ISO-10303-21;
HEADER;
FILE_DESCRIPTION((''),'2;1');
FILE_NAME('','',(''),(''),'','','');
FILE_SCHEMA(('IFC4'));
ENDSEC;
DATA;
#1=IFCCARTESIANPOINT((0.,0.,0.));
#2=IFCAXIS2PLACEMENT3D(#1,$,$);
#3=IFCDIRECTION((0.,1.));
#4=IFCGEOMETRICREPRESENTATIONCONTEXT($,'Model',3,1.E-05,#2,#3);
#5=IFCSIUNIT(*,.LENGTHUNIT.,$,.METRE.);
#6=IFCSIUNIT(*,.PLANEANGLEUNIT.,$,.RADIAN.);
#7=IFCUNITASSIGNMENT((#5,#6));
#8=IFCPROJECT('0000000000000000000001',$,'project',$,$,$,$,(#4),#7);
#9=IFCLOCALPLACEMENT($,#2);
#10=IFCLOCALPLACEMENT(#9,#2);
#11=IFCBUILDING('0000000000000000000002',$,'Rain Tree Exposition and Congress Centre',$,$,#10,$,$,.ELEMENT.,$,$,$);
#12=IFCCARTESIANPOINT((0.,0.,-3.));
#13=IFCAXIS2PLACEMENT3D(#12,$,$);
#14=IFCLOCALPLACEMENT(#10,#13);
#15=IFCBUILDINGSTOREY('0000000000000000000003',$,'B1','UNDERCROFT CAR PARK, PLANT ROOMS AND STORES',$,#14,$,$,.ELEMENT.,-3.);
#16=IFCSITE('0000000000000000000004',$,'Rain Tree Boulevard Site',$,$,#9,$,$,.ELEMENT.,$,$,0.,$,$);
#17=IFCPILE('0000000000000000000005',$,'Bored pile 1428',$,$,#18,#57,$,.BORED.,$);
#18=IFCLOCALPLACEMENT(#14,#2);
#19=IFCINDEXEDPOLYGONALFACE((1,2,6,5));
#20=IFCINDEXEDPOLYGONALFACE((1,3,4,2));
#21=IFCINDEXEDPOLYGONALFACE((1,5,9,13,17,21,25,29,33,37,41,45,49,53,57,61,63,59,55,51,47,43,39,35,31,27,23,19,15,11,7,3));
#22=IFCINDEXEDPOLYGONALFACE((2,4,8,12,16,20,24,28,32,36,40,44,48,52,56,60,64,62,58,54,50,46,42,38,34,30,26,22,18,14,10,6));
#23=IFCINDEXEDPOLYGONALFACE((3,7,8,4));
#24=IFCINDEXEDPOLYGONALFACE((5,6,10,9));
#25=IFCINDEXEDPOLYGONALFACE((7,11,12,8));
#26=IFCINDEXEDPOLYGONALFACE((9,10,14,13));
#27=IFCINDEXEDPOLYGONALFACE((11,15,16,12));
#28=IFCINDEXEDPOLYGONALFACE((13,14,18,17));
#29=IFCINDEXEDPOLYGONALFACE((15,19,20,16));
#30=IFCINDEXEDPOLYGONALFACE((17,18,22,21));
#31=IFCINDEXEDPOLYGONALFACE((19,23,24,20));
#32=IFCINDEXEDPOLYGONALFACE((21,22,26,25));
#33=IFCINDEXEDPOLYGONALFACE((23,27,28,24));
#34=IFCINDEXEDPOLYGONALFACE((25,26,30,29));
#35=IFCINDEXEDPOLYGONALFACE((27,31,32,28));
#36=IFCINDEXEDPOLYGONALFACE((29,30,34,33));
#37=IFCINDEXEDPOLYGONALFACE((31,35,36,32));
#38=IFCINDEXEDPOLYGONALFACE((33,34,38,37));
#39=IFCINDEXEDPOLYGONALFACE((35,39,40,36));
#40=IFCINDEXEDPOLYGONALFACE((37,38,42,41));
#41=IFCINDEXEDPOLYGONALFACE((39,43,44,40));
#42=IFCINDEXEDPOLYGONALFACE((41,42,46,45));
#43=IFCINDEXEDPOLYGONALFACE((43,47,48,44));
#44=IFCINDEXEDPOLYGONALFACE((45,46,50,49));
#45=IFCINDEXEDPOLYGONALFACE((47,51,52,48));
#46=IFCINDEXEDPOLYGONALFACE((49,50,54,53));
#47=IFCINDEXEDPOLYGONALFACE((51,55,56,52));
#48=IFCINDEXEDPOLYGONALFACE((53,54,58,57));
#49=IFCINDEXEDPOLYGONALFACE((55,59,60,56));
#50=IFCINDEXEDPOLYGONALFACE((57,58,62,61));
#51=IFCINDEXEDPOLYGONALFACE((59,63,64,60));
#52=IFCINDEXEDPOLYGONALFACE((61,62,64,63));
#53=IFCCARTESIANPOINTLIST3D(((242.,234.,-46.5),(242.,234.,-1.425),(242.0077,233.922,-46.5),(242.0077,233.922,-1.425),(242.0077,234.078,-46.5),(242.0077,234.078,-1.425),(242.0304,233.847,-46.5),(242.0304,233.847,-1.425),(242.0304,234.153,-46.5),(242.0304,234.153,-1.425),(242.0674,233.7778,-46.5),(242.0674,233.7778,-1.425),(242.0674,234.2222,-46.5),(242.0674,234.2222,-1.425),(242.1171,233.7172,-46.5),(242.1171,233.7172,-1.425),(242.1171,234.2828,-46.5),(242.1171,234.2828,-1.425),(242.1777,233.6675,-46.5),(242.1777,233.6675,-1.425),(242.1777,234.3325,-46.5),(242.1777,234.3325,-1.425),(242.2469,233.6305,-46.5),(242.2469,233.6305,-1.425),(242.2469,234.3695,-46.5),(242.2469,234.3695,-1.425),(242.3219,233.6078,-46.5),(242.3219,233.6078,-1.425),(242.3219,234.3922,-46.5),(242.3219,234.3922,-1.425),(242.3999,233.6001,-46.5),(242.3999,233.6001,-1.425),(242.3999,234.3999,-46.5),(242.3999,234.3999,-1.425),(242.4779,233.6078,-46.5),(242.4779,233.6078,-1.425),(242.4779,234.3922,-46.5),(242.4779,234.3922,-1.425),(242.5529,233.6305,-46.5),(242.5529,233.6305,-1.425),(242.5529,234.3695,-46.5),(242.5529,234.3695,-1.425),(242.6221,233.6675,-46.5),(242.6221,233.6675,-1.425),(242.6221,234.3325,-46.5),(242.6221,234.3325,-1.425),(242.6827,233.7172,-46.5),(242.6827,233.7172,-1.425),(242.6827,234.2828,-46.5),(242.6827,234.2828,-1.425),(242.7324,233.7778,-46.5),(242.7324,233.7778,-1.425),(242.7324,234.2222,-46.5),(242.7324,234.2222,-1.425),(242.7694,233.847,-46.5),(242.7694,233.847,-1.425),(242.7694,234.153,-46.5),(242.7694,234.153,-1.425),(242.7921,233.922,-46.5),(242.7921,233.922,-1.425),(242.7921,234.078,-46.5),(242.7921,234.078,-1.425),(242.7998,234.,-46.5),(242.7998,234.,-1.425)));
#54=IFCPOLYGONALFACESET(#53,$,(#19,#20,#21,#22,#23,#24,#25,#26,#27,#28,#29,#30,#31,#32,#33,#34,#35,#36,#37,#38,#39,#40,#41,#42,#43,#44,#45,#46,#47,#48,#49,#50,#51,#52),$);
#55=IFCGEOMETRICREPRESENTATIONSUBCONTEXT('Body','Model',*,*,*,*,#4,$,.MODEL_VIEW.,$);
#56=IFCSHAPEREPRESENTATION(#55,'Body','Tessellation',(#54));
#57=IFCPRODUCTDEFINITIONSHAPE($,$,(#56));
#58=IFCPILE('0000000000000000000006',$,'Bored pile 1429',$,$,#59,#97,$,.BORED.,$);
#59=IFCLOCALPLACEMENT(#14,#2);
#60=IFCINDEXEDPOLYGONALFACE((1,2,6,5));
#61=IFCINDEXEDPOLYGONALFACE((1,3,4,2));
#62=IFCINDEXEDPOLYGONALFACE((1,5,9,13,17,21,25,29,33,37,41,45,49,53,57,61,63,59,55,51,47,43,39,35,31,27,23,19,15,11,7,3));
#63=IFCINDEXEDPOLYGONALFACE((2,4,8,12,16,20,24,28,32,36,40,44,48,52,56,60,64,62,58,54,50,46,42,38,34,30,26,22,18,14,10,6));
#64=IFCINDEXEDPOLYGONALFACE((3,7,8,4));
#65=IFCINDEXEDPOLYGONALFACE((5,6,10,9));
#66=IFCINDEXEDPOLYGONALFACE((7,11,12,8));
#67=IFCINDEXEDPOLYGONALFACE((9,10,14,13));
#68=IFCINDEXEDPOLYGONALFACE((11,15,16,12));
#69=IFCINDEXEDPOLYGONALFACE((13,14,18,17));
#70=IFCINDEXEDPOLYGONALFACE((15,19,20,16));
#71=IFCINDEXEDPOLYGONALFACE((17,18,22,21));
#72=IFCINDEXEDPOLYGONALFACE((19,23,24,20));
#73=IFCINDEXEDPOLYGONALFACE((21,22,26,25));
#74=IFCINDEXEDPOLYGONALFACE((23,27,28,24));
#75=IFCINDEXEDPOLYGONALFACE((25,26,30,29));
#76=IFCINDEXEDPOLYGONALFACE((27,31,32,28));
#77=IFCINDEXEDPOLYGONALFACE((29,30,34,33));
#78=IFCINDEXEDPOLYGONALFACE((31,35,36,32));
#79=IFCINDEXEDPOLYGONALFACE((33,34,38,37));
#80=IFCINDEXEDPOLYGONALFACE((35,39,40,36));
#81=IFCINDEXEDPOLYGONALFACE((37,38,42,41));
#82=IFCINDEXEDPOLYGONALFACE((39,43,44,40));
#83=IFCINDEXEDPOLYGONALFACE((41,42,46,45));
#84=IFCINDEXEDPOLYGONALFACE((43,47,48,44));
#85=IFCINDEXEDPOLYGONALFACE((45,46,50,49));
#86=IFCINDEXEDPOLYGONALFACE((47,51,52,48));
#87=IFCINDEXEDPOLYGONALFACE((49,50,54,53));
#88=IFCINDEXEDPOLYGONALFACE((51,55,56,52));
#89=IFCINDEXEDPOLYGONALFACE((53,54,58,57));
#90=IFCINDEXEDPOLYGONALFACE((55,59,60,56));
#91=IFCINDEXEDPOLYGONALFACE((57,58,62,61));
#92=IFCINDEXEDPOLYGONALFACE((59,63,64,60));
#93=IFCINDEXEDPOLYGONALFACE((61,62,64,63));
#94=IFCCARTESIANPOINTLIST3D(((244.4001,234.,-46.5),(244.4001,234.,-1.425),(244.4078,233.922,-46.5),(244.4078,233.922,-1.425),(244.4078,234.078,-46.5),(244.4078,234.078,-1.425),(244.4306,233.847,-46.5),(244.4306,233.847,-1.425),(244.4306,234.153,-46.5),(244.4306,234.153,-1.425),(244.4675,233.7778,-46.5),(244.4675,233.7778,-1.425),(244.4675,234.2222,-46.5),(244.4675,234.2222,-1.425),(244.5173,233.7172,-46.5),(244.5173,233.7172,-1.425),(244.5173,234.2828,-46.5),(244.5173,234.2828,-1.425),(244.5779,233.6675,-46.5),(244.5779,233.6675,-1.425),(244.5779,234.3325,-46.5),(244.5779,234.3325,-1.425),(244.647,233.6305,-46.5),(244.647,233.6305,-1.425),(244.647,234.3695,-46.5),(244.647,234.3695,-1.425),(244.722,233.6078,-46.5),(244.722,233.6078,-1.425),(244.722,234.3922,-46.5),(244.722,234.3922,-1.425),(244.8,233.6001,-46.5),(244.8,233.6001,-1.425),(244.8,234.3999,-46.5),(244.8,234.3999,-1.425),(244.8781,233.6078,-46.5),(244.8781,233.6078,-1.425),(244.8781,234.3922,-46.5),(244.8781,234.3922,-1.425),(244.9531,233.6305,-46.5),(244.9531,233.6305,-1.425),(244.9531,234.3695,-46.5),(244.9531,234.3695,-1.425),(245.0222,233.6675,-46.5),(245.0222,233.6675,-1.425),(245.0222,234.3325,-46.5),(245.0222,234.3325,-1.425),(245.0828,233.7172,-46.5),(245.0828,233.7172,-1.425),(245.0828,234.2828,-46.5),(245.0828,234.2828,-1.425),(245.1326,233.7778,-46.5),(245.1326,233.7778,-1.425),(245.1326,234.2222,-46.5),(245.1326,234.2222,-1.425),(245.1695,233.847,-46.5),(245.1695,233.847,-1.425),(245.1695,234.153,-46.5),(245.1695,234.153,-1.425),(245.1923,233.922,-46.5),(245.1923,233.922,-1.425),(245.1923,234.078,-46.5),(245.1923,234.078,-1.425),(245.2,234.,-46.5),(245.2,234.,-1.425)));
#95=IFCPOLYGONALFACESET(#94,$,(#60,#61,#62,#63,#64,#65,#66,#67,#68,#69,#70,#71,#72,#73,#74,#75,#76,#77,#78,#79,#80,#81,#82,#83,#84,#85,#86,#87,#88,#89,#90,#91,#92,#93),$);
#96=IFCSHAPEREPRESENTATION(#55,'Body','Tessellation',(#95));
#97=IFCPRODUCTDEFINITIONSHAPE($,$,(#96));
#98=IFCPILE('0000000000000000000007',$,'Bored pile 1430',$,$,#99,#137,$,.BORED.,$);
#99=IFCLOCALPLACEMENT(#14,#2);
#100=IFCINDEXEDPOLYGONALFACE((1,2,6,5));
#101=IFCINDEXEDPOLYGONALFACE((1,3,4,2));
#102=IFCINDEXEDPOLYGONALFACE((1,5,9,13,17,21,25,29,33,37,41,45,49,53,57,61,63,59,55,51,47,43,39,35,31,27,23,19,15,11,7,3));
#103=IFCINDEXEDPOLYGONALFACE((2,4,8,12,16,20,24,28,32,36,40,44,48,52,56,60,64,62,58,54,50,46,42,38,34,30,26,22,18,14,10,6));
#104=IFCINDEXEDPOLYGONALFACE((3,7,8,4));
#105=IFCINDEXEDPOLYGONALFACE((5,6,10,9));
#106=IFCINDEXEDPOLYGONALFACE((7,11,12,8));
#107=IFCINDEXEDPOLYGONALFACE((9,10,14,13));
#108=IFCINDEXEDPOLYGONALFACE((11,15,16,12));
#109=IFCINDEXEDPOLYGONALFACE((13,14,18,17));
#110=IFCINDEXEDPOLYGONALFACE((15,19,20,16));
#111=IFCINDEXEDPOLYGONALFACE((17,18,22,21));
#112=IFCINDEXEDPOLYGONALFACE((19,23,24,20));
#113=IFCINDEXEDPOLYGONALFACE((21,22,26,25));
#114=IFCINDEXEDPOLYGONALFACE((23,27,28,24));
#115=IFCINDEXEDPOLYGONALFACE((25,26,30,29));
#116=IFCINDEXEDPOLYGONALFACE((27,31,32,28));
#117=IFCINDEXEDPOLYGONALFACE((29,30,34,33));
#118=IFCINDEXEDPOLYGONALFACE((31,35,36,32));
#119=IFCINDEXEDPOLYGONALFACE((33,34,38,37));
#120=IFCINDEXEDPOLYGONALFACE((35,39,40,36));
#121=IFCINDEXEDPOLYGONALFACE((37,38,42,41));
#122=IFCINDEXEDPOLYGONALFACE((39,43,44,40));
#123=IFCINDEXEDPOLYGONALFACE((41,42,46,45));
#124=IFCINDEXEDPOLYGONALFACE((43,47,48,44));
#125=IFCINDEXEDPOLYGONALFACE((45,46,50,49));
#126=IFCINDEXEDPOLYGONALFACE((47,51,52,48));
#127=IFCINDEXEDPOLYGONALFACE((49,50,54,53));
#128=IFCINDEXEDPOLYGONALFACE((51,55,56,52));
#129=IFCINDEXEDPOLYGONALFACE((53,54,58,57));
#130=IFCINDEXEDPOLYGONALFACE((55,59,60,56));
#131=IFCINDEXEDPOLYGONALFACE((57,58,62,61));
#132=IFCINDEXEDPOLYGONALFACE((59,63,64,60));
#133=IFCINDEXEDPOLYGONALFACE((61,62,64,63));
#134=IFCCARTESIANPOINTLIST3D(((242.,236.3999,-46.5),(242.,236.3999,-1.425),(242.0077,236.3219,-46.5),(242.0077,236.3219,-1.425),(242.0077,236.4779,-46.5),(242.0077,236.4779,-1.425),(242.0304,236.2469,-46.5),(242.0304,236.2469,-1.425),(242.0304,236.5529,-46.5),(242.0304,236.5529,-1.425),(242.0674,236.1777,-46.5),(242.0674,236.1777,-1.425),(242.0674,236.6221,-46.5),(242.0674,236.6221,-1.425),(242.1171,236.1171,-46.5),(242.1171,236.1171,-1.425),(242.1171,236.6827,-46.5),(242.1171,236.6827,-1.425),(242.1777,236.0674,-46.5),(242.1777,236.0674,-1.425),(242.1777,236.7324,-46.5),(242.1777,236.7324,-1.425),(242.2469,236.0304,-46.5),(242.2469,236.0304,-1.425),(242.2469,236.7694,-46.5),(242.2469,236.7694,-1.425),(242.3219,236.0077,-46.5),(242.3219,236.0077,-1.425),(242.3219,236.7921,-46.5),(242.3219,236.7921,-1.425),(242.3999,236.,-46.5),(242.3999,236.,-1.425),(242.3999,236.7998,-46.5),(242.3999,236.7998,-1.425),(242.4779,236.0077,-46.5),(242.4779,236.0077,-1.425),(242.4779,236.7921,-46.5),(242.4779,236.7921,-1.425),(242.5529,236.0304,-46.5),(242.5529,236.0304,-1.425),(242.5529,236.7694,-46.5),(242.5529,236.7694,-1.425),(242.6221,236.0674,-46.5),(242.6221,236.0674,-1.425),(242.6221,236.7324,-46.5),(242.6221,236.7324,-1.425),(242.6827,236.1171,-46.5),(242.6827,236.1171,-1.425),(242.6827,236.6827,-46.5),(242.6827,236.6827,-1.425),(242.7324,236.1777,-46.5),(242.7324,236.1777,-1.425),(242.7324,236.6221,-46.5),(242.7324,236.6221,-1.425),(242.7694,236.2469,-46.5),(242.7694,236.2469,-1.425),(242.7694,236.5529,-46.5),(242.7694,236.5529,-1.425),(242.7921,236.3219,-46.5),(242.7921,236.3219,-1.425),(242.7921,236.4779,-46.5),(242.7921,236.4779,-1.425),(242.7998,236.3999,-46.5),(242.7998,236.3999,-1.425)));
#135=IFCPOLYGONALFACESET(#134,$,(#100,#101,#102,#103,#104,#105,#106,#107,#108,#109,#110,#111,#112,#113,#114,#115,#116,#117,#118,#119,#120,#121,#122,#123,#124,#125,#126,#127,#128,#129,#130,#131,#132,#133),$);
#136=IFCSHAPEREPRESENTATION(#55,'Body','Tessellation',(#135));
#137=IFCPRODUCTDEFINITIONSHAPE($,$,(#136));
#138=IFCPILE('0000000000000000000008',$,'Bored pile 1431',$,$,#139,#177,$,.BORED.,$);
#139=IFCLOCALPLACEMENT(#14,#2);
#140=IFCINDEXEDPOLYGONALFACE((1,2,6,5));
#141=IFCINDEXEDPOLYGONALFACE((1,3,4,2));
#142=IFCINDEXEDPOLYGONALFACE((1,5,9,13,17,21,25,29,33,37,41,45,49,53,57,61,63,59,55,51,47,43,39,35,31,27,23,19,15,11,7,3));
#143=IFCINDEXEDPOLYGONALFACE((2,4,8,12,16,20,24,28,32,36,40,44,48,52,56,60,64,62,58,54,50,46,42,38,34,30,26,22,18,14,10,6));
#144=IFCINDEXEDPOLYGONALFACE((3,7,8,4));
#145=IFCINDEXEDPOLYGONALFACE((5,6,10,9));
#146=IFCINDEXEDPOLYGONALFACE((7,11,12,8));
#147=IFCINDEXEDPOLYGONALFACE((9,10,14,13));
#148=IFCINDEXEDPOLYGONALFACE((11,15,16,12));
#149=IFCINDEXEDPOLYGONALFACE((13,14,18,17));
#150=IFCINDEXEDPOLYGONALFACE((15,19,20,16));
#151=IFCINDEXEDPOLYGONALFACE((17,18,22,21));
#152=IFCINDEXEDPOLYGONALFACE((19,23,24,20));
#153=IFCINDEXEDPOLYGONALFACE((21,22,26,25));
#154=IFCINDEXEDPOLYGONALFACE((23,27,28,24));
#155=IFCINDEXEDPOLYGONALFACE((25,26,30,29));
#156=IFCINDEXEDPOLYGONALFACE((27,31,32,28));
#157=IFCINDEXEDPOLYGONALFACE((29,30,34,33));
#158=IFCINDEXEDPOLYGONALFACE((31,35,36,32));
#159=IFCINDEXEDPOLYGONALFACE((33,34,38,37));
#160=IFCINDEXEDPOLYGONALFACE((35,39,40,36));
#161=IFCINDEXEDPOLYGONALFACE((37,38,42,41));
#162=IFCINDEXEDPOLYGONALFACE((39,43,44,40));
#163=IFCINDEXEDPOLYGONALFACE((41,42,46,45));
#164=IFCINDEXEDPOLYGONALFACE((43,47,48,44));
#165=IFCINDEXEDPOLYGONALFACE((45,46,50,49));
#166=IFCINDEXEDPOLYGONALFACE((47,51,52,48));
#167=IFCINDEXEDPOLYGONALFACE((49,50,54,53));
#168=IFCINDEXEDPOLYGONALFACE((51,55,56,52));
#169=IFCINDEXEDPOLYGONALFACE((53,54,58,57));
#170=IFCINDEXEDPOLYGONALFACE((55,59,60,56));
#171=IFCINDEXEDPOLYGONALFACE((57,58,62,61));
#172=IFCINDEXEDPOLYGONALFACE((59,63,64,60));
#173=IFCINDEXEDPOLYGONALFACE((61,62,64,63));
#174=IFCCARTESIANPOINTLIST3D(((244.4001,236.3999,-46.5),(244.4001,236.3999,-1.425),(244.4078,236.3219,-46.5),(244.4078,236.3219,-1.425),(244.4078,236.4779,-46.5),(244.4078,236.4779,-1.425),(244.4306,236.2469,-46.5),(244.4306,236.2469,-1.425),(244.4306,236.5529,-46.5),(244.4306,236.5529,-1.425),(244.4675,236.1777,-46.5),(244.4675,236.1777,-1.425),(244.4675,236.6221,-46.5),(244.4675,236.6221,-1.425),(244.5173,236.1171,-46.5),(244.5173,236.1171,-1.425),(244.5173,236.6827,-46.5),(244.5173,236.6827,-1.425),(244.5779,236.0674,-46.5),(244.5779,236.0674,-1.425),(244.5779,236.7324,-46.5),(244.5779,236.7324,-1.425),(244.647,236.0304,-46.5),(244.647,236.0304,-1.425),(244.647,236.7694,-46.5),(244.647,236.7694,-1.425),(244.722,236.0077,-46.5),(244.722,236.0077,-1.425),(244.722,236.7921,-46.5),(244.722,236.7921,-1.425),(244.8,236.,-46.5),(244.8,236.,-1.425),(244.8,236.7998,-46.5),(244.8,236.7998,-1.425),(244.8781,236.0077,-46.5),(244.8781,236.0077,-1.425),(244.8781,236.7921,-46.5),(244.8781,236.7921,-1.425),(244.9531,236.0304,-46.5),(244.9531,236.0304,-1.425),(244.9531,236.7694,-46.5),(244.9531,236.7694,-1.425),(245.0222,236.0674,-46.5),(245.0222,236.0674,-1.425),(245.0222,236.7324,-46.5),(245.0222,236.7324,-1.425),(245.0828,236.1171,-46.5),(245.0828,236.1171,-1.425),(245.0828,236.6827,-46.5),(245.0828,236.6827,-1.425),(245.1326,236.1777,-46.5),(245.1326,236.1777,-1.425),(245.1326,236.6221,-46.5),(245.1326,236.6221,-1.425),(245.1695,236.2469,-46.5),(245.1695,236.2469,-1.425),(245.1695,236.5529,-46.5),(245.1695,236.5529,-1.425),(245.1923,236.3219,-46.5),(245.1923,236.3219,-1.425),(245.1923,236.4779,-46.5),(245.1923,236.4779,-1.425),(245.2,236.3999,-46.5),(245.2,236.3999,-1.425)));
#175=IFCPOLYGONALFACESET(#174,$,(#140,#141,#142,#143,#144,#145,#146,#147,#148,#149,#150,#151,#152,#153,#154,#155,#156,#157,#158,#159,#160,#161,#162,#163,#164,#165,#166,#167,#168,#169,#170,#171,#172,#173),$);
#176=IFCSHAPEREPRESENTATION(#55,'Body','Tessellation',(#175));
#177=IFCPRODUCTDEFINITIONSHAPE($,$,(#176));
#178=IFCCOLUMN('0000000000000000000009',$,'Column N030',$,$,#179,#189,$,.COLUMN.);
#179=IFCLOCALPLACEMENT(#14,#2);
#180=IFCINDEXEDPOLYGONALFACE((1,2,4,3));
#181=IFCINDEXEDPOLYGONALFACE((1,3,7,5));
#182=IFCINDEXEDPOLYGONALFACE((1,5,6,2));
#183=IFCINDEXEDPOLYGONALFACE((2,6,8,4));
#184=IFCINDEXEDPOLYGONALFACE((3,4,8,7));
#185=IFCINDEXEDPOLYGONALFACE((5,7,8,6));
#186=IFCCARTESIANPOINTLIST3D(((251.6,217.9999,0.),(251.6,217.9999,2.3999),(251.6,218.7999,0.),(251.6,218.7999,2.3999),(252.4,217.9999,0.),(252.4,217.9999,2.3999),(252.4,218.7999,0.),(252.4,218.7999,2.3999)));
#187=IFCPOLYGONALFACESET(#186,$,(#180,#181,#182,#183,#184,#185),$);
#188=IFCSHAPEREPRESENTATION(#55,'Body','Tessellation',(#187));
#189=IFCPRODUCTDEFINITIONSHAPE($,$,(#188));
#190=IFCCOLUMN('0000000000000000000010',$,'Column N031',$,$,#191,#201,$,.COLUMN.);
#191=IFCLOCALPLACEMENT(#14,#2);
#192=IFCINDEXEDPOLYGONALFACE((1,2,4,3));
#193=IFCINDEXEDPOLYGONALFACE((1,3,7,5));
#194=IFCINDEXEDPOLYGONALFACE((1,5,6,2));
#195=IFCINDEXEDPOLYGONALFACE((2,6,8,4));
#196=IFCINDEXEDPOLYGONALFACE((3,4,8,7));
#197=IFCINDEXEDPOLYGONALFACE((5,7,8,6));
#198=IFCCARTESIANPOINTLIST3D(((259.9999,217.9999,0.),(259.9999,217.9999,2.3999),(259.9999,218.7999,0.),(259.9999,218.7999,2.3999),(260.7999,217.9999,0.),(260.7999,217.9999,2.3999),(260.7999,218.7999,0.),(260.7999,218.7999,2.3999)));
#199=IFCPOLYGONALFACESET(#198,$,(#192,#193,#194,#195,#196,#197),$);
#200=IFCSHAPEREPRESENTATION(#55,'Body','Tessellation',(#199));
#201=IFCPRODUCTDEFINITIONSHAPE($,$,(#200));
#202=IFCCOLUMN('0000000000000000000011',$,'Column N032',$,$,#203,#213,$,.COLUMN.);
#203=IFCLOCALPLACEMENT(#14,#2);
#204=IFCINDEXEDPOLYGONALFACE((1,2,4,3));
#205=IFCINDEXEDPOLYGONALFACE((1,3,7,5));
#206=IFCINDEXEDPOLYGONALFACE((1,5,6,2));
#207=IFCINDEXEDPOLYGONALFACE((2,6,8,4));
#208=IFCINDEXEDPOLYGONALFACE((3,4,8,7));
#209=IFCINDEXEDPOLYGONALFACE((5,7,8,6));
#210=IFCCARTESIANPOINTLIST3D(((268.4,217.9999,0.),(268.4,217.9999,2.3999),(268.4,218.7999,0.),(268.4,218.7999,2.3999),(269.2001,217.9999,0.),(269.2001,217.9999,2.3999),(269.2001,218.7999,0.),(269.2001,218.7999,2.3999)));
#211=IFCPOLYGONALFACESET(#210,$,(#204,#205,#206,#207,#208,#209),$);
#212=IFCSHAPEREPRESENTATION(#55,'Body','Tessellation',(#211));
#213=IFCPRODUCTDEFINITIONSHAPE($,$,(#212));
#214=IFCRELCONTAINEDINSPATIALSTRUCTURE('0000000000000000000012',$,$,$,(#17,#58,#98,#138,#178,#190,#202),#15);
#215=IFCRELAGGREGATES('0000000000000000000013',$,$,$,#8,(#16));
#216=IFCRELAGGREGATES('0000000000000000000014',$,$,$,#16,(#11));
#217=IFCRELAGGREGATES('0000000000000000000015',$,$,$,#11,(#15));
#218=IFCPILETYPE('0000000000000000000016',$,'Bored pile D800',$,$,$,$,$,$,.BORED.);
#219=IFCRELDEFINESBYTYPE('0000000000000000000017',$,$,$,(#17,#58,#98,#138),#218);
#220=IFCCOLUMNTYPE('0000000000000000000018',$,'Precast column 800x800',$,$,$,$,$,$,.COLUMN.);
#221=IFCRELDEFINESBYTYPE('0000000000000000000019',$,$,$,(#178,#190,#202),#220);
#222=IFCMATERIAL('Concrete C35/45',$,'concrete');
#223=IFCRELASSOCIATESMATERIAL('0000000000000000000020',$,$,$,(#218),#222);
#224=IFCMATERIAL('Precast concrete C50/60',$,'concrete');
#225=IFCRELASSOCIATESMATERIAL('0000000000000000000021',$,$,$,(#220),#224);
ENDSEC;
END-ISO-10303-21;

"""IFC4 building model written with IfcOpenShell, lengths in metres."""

from ifc_helpers import new_model, si_unit, direction, frame, origin, origin_2d, place, context, subcontext, project, spatial, rectangle, circle, extrude, material, material_profile, profile_set, type_object, element, save


model = new_model("IFC4")

# Units and contexts
model_context = context("Model", 3, precision=1e-05, world=origin(), true_north=direction((0.0, 1.0)))
body_context = subcontext(model_context, "Body", "Model", "MODEL_VIEW")
ifc_project = project(units=[si_unit("LENGTHUNIT", "METRE"), si_unit("PLANEANGLEUNIT", "RADIAN")], contexts=[model_context])

# Site, building, storey
site_placement = place(None, origin())
site = spatial("IfcSite", under=ifc_project, at=site_placement, Name="Rain Tree Boulevard Site", CompositionType="ELEMENT", RefElevation=0.0)
building_placement = place(site_placement, origin())
building = spatial("IfcBuilding", under=site, at=building_placement, Name="Rain Tree Exposition and Congress Centre", CompositionType="ELEMENT")
storey_placement = place(building_placement, frame((0.0, 0.0, -3.0)))
storey = spatial("IfcBuildingStorey", under=building, at=storey_placement, Name="B1", Description="UNDERCROFT CAR PARK, PLANT ROOMS AND STORES", CompositionType="ELEMENT", Elevation=-3.0)

# Piles
ifc_material_1 = material(Name="Concrete C35/45", Category="concrete")
ifc_material_profile_1 = material_profile(ifc_material_1, circle(Radius=0.3999, at=origin_2d()), Name="D800")
ifc_profile_set_1 = profile_set([ifc_material_profile_1], Name="Concrete C35/45")
pile_type_1 = type_object("IfcPileType", Name="Bored pile D800", PredefinedType="BORED", material=ifc_profile_set_1)
for number, where, z_axis, x_axis, name in (
    (1, (242.3999, 234.0, -1.425), (0.0, 0.0, -1.0), (1.0, 0.0, 0.0), "Bored pile 1428"),
    (2, (244.8, 234.0, -1.425), (0.0, 0.0, -1.0), (1.0, 0.0, 0.0), "Bored pile 1429"),
    (3, (242.3999, 236.3999, -1.425), (0.0, 0.0, -1.0), (1.0, 0.0, 0.0), "Bored pile 1430"),
    (4, (244.8, 236.3999, -1.425), (0.0, 0.0, -1.0), (1.0, 0.0, 0.0), "Bored pile 1431"),
):
    element("IfcPile", number, at=place(storey_placement, frame(where, z_axis=z_axis, x_axis=x_axis)), inside=storey, type_object=pile_type_1, Name=name, PredefinedType="BORED", context=body_context, shape_type="SweptSolid", body=[
        extrude(circle(Radius=0.3999, at=origin_2d()), origin(), (0.0, 0.0, 1.0), 45.075),
    ])

# Columns
ifc_material_2 = material(Name="Precast concrete C50/60", Category="concrete")
ifc_material_profile_2 = material_profile(ifc_material_2, rectangle(XDim=0.8, YDim=0.8, at=origin_2d()), Name="RC 800x800")
ifc_profile_set_2 = profile_set([ifc_material_profile_2], Name="Precast concrete C50/60")
column_type = type_object("IfcColumnType", Name="Precast column 800x800", PredefinedType="COLUMN", material=ifc_profile_set_2)
for number, where, z_axis, x_axis, name in (
    (5, (252.0, 218.3999, 0.0), (0.0, 0.0, 1.0), (1.0, 0.0, 0.0), "Column N030"),
    (6, (260.3999, 218.3999, 0.0), (0.0, 0.0, 1.0), (1.0, 0.0, 0.0), "Column N031"),
    (7, (268.8, 218.3999, 0.0), (0.0, 0.0, 1.0), (1.0, 0.0, 0.0), "Column N032"),
):
    element("IfcColumn", number, at=place(storey_placement, frame(where, z_axis=z_axis, x_axis=x_axis)), inside=storey, type_object=column_type, Name=name, PredefinedType="COLUMN", context=body_context, shape_type="SweptSolid", body=[
        extrude(rectangle(XDim=0.8, YDim=0.8, at=origin_2d()), origin(), (0.0, 0.0, 1.0), 2.3999),
    ])

save(model, "model.ifc")
